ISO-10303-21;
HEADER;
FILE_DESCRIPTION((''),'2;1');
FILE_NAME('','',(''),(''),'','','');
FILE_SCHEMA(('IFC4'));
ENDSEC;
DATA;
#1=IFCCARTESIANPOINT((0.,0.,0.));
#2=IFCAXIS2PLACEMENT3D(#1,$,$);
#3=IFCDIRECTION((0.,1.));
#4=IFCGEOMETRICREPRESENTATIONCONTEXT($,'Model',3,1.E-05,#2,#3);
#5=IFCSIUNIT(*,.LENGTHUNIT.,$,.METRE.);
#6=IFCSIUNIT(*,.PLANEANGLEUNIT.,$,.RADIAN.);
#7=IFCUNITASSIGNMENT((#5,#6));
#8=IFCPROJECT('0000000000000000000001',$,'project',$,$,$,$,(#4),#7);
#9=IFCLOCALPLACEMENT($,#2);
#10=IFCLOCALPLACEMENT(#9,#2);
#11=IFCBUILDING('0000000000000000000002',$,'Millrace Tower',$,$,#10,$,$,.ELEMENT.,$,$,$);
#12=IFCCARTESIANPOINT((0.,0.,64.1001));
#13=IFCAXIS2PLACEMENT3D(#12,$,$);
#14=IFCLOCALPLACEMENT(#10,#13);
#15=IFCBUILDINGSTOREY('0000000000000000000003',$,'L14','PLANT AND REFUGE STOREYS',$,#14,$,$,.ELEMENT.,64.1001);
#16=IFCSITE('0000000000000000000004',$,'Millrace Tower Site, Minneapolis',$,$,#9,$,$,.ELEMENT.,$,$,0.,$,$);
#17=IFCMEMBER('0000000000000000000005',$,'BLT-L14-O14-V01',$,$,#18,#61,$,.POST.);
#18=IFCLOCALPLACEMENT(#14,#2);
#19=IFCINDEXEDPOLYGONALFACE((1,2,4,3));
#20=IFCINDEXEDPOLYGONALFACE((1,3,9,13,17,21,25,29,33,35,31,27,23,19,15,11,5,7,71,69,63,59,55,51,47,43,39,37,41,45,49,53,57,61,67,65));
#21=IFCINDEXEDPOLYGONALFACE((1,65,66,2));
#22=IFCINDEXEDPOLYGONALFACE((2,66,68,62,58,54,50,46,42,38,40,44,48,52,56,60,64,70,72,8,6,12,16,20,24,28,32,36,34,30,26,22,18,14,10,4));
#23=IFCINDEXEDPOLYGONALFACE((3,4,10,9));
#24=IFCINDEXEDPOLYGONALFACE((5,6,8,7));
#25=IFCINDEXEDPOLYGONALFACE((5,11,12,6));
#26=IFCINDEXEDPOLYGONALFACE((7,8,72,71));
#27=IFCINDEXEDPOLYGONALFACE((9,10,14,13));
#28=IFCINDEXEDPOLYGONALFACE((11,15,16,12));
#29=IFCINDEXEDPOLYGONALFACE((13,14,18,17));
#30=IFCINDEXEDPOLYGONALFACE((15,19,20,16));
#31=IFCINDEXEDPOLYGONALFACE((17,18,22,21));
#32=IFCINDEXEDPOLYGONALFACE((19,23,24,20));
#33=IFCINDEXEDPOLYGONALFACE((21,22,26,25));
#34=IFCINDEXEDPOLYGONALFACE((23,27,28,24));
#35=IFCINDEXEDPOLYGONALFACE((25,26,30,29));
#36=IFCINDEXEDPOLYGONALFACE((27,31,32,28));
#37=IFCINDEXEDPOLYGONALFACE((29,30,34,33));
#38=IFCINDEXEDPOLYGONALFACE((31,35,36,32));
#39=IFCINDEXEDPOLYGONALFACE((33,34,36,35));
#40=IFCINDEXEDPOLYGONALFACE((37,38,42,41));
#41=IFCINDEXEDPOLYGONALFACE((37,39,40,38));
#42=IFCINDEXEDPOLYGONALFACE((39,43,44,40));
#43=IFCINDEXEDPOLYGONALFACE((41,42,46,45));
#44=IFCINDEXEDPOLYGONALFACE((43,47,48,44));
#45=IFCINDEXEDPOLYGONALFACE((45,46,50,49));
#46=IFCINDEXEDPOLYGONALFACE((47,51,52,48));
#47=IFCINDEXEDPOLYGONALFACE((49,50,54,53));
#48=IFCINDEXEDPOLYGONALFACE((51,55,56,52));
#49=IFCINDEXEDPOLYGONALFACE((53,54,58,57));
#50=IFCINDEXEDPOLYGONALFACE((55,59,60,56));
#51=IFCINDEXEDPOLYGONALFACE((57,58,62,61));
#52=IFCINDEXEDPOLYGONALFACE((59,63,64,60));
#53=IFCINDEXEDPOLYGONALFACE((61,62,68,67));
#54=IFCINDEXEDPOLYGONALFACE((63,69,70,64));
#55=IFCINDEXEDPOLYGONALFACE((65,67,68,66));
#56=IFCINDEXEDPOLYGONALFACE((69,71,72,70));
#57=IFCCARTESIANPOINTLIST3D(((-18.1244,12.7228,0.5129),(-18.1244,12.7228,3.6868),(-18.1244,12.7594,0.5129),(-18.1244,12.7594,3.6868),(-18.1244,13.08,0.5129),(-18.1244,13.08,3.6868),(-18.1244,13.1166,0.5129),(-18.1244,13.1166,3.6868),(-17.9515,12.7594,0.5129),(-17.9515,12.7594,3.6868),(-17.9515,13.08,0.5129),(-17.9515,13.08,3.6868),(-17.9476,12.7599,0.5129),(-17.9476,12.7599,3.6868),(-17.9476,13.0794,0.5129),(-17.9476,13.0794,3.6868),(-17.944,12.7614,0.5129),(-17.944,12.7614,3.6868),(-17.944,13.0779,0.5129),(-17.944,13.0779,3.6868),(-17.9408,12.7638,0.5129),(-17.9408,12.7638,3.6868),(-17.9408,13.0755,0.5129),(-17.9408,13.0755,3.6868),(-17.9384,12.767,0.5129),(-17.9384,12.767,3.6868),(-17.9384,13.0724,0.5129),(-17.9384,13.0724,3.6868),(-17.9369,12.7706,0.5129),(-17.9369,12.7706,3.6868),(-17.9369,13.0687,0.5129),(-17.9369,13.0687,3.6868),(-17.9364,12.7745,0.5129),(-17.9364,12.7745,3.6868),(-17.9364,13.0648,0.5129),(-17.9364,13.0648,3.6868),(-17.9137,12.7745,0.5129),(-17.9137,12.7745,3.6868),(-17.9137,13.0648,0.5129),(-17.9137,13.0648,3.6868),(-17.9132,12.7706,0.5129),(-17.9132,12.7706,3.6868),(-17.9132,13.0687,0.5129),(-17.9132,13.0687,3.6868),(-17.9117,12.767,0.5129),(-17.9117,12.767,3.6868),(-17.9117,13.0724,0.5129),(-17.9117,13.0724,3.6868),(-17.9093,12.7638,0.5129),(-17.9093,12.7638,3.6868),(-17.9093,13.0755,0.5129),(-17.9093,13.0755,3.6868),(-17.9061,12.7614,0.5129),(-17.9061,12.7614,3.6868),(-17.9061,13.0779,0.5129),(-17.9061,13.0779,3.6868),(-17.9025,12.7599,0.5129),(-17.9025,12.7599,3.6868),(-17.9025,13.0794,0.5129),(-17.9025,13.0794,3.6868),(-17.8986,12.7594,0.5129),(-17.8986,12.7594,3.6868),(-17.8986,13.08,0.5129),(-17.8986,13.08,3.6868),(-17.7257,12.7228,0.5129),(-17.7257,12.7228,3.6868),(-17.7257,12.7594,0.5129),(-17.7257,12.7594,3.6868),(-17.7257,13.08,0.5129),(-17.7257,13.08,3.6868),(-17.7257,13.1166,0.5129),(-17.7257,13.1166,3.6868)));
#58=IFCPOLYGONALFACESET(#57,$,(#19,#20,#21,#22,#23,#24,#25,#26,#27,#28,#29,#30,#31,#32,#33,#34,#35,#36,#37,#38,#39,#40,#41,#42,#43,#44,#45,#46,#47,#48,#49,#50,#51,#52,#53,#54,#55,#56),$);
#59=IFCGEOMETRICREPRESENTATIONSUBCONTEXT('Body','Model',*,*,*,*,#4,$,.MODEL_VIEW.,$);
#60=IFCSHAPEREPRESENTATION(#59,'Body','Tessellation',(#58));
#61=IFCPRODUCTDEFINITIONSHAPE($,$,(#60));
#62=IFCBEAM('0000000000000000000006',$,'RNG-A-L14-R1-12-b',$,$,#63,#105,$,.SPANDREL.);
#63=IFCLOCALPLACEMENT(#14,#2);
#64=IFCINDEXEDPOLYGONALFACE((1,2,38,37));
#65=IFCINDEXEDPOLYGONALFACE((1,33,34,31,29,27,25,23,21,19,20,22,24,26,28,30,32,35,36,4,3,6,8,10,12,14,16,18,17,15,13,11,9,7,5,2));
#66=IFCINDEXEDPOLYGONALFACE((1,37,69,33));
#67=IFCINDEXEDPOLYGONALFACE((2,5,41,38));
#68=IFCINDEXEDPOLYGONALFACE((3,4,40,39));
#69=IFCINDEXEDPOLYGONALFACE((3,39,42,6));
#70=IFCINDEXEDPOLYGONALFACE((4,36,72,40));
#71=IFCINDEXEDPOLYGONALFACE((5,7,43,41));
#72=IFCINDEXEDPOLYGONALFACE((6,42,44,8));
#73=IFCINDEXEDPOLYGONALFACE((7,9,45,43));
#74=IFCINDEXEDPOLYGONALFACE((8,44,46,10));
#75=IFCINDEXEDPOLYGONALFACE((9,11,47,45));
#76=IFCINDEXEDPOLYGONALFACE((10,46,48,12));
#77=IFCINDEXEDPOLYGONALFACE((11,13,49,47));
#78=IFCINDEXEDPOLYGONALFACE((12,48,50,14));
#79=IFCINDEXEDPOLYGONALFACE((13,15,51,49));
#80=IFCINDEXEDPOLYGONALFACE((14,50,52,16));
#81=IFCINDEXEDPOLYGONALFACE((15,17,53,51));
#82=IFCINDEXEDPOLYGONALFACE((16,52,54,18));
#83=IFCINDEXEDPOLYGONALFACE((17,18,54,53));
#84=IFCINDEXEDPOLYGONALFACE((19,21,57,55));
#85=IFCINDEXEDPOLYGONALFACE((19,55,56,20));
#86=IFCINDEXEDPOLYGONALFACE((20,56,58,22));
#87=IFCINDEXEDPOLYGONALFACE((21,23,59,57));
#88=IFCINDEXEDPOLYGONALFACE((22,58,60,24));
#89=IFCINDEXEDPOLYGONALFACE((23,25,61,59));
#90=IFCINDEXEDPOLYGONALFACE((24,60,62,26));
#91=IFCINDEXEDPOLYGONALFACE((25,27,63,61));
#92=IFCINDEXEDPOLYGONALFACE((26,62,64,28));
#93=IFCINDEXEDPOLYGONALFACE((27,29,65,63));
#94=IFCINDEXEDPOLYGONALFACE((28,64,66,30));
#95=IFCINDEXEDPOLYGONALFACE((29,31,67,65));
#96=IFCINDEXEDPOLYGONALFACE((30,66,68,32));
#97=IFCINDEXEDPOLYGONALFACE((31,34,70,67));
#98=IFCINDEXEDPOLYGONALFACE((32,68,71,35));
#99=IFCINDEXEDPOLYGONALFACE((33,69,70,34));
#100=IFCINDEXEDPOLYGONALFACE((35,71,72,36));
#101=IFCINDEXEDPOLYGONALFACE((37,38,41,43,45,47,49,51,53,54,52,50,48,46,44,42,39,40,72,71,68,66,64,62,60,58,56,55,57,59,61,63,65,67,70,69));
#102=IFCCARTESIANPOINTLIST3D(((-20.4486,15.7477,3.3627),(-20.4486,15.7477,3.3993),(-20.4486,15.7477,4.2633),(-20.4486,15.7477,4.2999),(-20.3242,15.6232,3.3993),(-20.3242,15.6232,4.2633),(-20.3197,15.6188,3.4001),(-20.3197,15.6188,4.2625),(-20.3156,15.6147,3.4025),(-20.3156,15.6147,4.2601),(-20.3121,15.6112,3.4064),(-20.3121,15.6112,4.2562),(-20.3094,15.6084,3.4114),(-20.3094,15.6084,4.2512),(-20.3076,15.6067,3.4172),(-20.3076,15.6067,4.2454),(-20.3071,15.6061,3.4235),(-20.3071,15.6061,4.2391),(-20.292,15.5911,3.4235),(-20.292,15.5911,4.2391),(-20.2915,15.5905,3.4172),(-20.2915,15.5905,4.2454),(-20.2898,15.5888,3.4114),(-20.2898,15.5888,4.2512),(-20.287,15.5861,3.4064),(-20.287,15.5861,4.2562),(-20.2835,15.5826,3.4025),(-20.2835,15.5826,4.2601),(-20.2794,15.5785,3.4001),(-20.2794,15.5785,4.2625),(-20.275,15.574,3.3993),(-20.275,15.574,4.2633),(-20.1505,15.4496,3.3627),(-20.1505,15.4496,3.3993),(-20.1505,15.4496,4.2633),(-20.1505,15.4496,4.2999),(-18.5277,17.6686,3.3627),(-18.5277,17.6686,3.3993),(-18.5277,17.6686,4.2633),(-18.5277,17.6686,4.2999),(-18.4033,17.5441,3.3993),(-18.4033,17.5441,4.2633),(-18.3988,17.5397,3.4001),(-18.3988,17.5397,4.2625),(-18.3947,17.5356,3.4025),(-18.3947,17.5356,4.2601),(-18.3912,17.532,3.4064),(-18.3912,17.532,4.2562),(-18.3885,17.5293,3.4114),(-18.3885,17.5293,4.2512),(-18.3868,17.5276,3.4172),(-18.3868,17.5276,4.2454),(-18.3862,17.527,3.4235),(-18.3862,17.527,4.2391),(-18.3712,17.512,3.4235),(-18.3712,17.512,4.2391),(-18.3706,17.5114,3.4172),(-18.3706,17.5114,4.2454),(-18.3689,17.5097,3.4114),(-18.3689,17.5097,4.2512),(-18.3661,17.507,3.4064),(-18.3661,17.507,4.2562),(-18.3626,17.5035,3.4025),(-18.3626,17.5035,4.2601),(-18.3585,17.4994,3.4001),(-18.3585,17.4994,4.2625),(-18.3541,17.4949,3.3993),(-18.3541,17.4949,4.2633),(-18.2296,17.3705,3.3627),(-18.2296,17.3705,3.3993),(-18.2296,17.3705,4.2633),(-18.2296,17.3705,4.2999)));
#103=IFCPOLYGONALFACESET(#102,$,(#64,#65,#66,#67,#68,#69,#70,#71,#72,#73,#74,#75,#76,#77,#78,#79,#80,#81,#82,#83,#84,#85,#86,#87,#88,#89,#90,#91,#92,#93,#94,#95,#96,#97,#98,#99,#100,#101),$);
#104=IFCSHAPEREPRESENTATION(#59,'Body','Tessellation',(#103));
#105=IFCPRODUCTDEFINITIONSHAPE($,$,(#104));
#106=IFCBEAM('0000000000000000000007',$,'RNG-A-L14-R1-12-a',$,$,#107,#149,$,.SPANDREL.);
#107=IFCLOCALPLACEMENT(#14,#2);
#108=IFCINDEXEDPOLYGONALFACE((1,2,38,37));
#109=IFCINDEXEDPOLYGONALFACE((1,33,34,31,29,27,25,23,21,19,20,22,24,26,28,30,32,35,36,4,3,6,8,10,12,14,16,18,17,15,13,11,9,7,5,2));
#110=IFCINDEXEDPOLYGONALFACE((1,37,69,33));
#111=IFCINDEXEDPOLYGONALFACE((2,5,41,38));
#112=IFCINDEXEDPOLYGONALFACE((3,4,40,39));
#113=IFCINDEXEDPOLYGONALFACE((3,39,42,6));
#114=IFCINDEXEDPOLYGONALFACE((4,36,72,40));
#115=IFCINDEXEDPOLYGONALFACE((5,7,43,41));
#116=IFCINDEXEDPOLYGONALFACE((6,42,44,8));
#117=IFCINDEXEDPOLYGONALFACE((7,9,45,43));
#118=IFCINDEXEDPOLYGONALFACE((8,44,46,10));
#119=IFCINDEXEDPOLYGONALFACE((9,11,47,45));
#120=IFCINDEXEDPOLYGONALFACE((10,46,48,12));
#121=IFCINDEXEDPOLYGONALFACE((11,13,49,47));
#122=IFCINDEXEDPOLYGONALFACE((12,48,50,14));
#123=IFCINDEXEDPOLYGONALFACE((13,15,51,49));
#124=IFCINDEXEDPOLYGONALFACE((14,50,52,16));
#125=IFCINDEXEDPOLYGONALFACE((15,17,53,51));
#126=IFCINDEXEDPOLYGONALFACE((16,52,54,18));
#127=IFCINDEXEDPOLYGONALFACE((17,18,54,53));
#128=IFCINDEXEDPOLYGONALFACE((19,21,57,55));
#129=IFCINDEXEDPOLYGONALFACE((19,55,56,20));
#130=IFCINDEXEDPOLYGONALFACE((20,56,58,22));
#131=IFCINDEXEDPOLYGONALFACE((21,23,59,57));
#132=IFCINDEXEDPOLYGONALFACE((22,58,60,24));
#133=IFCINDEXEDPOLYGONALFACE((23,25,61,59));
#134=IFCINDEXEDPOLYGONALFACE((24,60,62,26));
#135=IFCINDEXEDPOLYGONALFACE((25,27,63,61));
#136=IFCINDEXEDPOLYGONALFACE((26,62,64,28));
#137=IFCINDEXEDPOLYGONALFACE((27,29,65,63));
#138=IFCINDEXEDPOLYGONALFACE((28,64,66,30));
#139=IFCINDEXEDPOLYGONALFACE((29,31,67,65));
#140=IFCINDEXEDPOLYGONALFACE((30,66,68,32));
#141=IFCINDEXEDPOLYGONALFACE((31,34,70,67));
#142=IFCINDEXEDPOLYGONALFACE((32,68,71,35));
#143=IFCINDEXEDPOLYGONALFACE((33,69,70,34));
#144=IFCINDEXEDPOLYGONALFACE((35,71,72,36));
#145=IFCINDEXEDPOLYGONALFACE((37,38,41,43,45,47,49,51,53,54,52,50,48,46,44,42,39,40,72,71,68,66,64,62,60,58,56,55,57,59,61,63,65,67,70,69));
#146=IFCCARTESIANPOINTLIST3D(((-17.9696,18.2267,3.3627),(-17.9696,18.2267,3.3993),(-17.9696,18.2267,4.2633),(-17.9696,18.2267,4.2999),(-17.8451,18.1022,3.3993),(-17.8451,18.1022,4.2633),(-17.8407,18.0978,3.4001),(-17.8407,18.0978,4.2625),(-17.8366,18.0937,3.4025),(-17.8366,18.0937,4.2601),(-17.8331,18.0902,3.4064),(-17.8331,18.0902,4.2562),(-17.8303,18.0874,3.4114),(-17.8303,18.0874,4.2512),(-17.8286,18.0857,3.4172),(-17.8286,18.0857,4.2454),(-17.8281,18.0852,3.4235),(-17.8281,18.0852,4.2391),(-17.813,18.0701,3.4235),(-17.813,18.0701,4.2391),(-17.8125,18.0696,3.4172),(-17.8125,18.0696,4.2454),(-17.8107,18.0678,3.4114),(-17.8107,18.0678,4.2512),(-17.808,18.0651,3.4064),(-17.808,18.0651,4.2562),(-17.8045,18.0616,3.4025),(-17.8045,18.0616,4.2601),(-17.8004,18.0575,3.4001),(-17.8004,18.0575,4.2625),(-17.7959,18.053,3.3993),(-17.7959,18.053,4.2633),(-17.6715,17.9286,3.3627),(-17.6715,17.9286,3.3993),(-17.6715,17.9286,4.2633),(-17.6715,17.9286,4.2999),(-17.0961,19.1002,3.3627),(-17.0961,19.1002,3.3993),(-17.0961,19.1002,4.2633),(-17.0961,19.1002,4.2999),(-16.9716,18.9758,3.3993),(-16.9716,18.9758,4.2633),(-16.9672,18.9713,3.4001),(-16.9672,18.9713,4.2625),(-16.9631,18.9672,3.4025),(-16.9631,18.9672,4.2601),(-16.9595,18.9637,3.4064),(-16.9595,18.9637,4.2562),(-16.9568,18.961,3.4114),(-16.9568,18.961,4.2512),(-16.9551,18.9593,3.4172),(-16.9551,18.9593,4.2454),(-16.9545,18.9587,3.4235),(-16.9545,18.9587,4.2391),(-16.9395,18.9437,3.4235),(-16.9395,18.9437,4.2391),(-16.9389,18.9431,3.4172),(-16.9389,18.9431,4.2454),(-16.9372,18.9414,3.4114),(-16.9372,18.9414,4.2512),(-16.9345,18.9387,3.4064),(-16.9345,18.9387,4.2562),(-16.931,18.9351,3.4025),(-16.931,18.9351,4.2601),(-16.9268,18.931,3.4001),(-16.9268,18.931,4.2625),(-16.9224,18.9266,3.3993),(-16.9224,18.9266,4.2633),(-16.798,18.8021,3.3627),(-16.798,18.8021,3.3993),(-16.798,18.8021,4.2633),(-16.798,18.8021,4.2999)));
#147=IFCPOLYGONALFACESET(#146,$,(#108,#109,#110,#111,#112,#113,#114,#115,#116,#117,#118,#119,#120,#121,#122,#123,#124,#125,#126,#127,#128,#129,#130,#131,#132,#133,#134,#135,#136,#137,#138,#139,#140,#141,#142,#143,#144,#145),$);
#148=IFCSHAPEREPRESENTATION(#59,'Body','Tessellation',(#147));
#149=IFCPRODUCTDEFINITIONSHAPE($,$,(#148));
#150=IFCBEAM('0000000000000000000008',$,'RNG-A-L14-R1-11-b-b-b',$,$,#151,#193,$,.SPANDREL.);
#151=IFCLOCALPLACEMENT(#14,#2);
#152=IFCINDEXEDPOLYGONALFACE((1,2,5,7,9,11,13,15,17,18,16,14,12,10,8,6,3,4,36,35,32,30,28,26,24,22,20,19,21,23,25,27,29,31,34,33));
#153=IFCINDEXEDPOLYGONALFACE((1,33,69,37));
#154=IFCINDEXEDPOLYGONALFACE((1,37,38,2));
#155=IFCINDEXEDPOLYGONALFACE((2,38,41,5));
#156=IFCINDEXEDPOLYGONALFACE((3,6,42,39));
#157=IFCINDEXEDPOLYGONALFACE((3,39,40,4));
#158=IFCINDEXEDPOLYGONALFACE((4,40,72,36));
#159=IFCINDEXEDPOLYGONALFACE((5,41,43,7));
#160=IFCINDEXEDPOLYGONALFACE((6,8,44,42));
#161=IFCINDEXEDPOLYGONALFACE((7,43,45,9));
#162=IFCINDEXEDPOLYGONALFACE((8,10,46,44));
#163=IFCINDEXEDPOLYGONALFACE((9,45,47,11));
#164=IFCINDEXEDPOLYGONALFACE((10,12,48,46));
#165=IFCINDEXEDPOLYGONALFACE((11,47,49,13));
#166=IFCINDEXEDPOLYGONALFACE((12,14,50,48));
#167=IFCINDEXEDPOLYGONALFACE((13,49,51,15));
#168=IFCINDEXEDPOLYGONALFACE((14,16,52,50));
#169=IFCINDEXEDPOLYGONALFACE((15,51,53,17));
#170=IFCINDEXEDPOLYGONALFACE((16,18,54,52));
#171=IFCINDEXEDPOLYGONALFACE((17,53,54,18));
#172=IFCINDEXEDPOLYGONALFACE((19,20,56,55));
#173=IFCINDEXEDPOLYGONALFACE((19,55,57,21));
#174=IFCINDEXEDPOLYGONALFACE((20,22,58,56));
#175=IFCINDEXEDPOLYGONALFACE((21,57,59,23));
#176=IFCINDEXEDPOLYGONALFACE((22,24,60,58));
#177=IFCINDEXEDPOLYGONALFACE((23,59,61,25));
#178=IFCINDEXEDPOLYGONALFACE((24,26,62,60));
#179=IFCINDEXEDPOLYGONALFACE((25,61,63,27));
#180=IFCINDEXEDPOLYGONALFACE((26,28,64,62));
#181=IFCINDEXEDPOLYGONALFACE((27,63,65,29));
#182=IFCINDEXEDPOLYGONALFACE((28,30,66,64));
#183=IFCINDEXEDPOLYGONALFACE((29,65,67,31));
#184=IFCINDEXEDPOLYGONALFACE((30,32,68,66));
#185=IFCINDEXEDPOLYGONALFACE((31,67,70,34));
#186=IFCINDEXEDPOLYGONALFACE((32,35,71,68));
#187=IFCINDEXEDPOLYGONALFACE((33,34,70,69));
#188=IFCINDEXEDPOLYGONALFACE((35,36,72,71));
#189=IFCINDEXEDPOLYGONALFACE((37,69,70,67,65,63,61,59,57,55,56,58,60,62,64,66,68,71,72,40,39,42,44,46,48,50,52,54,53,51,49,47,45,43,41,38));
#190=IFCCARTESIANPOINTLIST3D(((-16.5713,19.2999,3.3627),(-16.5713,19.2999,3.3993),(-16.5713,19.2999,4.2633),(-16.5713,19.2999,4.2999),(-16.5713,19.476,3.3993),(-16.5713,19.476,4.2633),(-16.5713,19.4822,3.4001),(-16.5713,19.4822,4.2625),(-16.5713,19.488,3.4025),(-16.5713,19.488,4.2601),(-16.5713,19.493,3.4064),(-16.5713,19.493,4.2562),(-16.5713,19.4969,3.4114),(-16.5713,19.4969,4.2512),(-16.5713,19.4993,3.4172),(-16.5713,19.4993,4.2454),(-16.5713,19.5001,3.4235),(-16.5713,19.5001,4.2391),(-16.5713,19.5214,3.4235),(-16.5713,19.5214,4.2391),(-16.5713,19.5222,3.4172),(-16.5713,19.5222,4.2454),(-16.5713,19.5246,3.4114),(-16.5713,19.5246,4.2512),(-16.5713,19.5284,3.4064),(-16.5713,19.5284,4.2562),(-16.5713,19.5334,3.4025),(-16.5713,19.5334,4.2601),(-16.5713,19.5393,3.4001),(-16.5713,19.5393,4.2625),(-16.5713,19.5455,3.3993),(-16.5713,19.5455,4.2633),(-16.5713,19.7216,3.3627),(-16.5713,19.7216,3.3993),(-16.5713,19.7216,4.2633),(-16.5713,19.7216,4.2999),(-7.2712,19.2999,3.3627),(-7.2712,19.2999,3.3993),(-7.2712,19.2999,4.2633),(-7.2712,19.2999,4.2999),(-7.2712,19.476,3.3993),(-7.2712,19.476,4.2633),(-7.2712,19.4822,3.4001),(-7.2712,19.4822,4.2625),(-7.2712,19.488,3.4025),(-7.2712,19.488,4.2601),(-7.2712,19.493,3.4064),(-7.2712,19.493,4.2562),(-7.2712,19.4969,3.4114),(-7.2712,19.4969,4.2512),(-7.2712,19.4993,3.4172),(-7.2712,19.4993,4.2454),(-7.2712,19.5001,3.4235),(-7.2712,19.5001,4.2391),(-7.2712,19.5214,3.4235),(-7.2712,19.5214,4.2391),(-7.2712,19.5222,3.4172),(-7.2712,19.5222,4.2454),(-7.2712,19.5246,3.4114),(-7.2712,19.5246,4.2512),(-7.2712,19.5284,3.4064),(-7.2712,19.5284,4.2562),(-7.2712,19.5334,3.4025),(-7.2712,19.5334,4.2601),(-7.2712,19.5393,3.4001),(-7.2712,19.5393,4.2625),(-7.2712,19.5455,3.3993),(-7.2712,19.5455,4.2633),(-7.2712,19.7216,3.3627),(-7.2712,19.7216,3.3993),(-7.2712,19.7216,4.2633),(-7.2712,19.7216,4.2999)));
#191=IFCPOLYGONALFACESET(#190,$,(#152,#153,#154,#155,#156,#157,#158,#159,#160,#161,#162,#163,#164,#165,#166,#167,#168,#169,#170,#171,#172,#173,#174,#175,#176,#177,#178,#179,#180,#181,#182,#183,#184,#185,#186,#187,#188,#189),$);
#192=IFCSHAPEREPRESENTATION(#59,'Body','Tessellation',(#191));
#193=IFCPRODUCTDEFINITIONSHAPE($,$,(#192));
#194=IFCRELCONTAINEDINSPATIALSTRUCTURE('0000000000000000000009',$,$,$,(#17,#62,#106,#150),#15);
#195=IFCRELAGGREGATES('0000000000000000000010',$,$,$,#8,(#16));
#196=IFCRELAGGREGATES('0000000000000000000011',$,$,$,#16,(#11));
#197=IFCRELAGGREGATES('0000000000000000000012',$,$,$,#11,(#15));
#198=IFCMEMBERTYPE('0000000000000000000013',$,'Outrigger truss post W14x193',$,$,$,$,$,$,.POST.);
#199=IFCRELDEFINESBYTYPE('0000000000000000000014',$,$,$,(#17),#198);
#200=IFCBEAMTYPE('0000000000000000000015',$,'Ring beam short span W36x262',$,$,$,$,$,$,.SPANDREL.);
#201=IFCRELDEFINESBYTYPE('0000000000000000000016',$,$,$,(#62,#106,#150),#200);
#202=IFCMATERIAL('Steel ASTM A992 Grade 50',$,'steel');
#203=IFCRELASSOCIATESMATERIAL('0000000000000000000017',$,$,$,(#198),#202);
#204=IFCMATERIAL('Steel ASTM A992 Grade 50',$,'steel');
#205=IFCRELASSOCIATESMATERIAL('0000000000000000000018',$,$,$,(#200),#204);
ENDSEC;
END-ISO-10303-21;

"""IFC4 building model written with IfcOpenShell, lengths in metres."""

from ifc_helpers import new_model, si_unit, direction, frame, origin, origin_2d, place, context, subcontext, project, spatial, i_section, extrude, material, material_profile, profile_set, type_object, element, save


model = new_model("IFC4")

# Units and contexts
model_context = context("Model", 3, precision=1e-05, world=origin(), true_north=direction((0.0, 1.0)))
body_context = subcontext(model_context, "Body", "Model", "MODEL_VIEW")
ifc_project = project(units=[si_unit("LENGTHUNIT", "METRE"), si_unit("PLANEANGLEUNIT", "RADIAN")], contexts=[model_context])

# Site, building, storey
site_placement = place(None, origin())
site = spatial("IfcSite", under=ifc_project, at=site_placement, Name="Millrace Tower Site, Minneapolis", CompositionType="ELEMENT", RefElevation=0.0)
building_placement = place(site_placement, origin())
building = spatial("IfcBuilding", under=site, at=building_placement, Name="Millrace Tower", CompositionType="ELEMENT")
storey_placement = place(building_placement, frame((0.0, 0.0, 64.1001)))
storey = spatial("IfcBuildingStorey", under=building, at=storey_placement, Name="L14", Description="PLANT AND REFUGE STOREYS", CompositionType="ELEMENT", Elevation=64.1001)

# Member
ifc_material_1 = material(Name="Steel ASTM A992 Grade 50", Category="steel")
ifc_material_profile_1 = material_profile(ifc_material_1, i_section(OverallWidth=0.3987, OverallDepth=0.3938, WebThickness=0.0227, FlangeThickness=0.0366, FilletRadius=0.0151, at=origin_2d()))
ifc_profile_set_1 = profile_set([ifc_material_profile_1], Name="Steel ASTM A992 Grade 50")
member_type_1 = type_object("IfcMemberType", Name="Outrigger truss post W14x193", PredefinedType="POST", material=ifc_profile_set_1)
for number, where, z_axis, x_axis, name in (
    (1, (-17.925, 12.9197, 0.5129), (0.0, 0.0, 1.0), (1.0, 0.0, 0.0), "BLT-L14-O14-V01"),
):
    element("IfcMember", number, at=place(storey_placement, frame(where, z_axis=z_axis, x_axis=x_axis)), inside=storey, type_object=member_type_1, Name=name, PredefinedType="POST", context=body_context, shape_type="SweptSolid", body=[
        extrude(i_section(OverallWidth=0.3987, OverallDepth=0.3938, WebThickness=0.0227, FlangeThickness=0.0366, FilletRadius=0.0151, at=origin_2d()), origin(), (0.0, 0.0, 1.0), 3.1738),
    ])

# Beams
ifc_material_2 = material(Name="Steel ASTM A992 Grade 50", Category="steel")
ifc_material_profile_2 = material_profile(ifc_material_2, i_section(OverallWidth=0.4216, OverallDepth=0.9373, WebThickness=0.0212, FlangeThickness=0.0366, FilletRadius=0.0242, at=origin_2d()))
ifc_profile_set_2 = profile_set([ifc_material_profile_2], Name="Steel ASTM A992 Grade 50")
beam_type_1 = type_object("IfcBeamType", Name="Ring beam short span W36x262", PredefinedType="SPANDREL", material=ifc_profile_set_2)
beam_1_placement = place(storey_placement, frame((-18.3787, 17.5195, 3.8313), z_axis=(-0.707107, -0.707107, 0.0), x_axis=(0.707107, -0.707107, 0.0)))
element("IfcBeam", 2, at=beam_1_placement, inside=storey, type_object=beam_type_1, Name="RNG-A-L14-R1-12-b", PredefinedType="SPANDREL", context=body_context, shape_type="SweptSolid", body=[
    extrude(i_section(OverallWidth=0.4216, OverallDepth=0.9373, WebThickness=0.0212, FlangeThickness=0.0366, FilletRadius=0.0242, at=origin_2d()), origin(), (0.0, 0.0, 1.0), 2.7166),
])
beam_2_placement = place(storey_placement, frame((-16.947, 18.9512, 3.8313), z_axis=(-0.707107, -0.707107, 0.0), x_axis=(0.707107, -0.707107, 0.0)))
element("IfcBeam", 3, at=beam_2_placement, inside=storey, type_object=beam_type_1, Name="RNG-A-L14-R1-12-a", PredefinedType="SPANDREL", context=body_context, shape_type="SweptSolid", body=[
    extrude(i_section(OverallWidth=0.4216, OverallDepth=0.9373, WebThickness=0.0212, FlangeThickness=0.0366, FilletRadius=0.0242, at=origin_2d()), origin(), (0.0, 0.0, 1.0), 1.2354),
])
beam_3_placement = place(storey_placement, frame((-7.2712, 19.5107, 3.8313), z_axis=(-1.0, 0.0, 0.0), x_axis=(0.0, -1.0, 0.0)))
element("IfcBeam", 4, at=beam_3_placement, inside=storey, type_object=beam_type_1, Name="RNG-A-L14-R1-11-b-b-b", PredefinedType="SPANDREL", context=body_context, shape_type="SweptSolid", body=[
    extrude(i_section(OverallWidth=0.4216, OverallDepth=0.9373, WebThickness=0.0212, FlangeThickness=0.0366, FilletRadius=0.0242, at=origin_2d()), origin(), (0.0, 0.0, 1.0), 9.3),
])

save(model, "model.ifc")
